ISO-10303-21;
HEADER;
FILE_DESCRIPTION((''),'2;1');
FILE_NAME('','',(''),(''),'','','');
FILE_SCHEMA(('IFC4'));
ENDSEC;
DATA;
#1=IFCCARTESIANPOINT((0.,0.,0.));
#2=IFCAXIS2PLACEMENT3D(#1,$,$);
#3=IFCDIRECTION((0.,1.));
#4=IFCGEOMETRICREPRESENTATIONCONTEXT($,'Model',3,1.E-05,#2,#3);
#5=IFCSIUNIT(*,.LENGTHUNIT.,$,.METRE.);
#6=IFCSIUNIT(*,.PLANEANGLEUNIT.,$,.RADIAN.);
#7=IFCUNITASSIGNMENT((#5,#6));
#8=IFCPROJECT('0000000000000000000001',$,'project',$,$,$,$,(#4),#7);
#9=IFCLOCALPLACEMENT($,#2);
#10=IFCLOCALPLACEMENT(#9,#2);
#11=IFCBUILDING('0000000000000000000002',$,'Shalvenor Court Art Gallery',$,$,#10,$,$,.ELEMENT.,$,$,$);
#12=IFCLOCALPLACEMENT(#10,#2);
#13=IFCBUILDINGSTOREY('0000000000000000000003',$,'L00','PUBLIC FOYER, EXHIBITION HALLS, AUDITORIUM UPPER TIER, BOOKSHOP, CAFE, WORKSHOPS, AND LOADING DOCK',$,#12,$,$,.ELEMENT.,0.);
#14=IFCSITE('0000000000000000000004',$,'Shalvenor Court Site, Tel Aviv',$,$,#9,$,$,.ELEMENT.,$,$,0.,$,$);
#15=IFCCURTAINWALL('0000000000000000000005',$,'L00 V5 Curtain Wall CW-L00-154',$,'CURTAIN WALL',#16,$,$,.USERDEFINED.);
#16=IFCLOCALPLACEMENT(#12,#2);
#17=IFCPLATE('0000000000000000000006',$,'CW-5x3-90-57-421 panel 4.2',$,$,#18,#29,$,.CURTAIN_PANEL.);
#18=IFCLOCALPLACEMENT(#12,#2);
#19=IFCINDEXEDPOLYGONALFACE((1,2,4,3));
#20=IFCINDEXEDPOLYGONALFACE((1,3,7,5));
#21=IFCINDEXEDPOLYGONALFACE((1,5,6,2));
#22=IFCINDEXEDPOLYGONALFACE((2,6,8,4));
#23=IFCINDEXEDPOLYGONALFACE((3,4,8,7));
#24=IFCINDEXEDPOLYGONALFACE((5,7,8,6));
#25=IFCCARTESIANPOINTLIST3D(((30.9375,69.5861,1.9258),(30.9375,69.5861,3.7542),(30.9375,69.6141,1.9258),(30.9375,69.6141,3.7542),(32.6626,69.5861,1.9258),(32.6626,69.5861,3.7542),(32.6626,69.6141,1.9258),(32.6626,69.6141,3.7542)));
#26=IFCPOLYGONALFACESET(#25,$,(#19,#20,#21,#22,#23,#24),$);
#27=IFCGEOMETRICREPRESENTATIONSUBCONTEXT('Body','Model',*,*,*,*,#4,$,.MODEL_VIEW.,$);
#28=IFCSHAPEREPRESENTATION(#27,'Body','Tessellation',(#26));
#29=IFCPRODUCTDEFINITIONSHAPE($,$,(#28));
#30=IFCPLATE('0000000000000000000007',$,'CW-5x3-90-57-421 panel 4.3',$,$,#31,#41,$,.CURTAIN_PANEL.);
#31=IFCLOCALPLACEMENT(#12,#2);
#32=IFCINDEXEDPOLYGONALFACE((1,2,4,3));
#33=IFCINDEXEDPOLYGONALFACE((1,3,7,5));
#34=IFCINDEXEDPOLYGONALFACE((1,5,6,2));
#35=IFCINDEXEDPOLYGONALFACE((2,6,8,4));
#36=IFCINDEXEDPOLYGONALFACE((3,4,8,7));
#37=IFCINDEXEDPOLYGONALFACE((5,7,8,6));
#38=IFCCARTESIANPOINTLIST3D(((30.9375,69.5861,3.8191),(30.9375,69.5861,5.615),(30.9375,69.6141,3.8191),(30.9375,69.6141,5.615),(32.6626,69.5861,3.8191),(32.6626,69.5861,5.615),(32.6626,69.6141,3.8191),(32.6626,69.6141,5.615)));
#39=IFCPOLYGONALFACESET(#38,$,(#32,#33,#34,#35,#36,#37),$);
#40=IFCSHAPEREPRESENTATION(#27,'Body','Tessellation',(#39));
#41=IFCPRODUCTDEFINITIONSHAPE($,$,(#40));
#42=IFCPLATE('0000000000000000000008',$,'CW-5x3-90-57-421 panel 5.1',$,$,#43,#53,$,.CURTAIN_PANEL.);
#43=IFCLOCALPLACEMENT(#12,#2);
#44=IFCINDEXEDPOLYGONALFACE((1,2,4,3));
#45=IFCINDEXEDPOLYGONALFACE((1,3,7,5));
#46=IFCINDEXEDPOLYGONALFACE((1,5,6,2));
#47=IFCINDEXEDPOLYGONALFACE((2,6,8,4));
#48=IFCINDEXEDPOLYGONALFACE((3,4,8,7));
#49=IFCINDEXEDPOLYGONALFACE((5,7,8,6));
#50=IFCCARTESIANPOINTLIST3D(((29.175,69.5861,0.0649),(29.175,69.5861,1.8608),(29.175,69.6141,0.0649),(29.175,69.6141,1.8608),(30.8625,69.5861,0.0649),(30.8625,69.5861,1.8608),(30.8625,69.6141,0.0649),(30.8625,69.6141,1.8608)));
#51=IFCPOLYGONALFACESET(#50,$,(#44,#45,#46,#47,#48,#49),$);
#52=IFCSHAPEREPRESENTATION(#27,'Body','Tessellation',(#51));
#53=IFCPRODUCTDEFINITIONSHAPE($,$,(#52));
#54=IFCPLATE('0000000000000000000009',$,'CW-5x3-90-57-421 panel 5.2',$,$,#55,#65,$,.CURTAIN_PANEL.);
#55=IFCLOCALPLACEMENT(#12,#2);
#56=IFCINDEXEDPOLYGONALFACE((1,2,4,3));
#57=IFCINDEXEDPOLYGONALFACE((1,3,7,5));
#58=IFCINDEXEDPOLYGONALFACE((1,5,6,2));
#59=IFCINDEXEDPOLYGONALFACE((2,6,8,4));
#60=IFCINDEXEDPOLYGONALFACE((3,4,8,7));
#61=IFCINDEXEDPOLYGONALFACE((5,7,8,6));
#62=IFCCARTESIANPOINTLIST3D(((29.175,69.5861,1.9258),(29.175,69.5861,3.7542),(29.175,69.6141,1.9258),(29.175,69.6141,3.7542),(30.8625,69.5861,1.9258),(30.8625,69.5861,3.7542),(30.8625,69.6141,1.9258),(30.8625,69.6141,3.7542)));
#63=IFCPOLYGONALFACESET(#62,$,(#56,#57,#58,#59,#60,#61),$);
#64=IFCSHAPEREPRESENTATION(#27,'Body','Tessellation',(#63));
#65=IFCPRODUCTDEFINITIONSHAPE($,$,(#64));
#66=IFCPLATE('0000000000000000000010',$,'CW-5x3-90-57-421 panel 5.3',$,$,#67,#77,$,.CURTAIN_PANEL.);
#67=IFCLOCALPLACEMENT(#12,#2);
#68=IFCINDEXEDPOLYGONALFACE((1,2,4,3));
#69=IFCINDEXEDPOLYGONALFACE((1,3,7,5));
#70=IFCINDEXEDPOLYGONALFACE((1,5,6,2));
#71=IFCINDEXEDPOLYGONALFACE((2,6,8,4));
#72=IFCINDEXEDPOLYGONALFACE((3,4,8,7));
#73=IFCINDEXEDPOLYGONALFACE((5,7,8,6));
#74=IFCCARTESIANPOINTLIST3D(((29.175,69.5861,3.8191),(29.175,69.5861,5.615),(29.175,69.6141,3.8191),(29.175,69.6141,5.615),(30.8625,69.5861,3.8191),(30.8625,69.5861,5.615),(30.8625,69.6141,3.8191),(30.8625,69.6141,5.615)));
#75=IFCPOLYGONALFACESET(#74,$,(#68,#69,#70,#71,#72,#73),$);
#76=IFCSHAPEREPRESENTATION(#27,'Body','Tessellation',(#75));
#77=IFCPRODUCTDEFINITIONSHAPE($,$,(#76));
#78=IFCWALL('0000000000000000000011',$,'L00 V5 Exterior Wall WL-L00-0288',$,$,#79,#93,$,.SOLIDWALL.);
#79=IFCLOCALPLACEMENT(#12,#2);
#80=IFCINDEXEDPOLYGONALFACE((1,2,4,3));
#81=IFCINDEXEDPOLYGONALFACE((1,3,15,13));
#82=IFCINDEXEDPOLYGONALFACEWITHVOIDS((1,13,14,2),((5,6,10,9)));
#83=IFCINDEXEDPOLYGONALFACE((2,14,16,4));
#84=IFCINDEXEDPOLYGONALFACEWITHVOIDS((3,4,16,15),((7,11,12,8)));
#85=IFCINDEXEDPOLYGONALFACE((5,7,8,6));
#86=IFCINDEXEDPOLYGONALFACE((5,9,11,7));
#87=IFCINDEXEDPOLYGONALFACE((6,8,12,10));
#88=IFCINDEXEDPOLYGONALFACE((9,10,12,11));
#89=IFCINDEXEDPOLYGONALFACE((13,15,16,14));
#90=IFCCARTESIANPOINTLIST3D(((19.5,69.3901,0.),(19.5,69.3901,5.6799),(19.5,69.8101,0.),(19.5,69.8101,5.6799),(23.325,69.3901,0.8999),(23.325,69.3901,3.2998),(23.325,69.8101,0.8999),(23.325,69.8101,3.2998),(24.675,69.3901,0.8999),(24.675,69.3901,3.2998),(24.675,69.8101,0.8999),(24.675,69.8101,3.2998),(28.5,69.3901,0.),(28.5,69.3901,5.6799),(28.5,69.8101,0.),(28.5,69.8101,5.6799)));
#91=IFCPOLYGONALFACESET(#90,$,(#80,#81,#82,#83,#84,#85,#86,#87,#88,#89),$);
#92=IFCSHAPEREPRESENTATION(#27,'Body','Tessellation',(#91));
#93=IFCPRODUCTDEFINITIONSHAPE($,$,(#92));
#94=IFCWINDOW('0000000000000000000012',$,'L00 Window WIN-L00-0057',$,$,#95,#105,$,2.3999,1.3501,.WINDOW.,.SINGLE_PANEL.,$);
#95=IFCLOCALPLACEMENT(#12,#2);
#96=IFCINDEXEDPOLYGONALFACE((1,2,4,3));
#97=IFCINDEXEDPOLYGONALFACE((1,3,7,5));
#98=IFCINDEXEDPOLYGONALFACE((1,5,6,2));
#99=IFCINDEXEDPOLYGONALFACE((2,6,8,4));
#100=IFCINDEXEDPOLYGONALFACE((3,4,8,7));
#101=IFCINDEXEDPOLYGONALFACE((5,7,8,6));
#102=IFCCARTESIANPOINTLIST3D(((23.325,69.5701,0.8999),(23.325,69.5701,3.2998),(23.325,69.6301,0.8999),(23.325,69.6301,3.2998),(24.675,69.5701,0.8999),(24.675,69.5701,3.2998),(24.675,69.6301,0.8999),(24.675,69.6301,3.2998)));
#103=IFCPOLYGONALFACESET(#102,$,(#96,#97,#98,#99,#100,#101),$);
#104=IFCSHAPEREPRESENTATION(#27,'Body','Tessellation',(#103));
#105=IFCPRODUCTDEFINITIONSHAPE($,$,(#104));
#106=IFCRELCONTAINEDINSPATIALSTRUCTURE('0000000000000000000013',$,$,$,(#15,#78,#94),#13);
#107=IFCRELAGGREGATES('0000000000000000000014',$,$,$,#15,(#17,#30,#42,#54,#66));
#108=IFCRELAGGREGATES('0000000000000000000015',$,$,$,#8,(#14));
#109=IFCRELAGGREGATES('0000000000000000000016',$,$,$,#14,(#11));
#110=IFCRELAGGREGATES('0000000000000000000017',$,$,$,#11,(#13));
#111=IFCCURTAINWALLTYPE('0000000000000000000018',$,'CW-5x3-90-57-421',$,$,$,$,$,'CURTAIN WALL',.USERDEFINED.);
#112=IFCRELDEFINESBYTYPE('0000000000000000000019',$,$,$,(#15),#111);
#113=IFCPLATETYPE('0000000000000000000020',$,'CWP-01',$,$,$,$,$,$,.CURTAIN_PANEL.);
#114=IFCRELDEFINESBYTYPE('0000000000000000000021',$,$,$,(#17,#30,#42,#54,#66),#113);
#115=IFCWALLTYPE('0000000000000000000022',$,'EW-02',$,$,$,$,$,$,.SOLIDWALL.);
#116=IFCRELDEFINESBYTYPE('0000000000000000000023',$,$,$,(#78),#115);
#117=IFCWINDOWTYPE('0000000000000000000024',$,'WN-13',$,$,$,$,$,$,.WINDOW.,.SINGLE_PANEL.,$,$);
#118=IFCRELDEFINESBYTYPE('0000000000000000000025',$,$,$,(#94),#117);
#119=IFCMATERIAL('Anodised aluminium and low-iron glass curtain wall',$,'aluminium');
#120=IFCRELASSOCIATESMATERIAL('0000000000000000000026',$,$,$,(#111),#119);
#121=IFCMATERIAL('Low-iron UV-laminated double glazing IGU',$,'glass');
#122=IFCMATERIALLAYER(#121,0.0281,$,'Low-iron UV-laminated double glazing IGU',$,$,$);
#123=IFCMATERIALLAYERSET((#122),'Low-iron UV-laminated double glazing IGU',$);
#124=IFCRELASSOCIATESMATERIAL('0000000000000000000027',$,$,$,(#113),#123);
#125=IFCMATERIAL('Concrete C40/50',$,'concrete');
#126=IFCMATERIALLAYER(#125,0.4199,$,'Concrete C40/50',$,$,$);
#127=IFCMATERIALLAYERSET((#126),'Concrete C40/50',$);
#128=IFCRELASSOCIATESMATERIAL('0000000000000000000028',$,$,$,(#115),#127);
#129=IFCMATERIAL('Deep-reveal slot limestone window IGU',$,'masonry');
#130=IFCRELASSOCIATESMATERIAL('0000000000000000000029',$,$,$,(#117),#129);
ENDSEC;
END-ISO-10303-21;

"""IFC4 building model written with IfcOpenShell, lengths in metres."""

from ifc_helpers import new_model, si_unit, direction, frame, frame_2d, origin, origin_2d, place, context, subcontext, project, spatial, rectangle, extrude, material, layer, layer_set, type_object, element, fill, aggregate, save


model = new_model("IFC4")

# Units and contexts
model_context = context("Model", 3, precision=1e-05, world=origin(), true_north=direction((0.0, 1.0)))
body_context = subcontext(model_context, "Body", "Model", "MODEL_VIEW")
ifc_project = project(units=[si_unit("LENGTHUNIT", "METRE"), si_unit("PLANEANGLEUNIT", "RADIAN")], contexts=[model_context])

# Site, building, storey
site_placement = place(None, origin())
site = spatial("IfcSite", under=ifc_project, at=site_placement, Name="Shalvenor Court Site, Tel Aviv", CompositionType="ELEMENT", RefElevation=0.0)
building_placement = place(site_placement, origin())
building = spatial("IfcBuilding", under=site, at=building_placement, Name="Shalvenor Court Art Gallery", CompositionType="ELEMENT")
storey_placement = place(building_placement, origin())
storey = spatial("IfcBuildingStorey", under=building, at=storey_placement, Name="L00", Description="PUBLIC FOYER, EXHIBITION HALLS, AUDITORIUM UPPER TIER, BOOKSHOP, CAFE, WORKSHOPS, AND LOADING DOCK", CompositionType="ELEMENT", Elevation=0.0)

# Curtain wall
ifc_material_1 = material(Name="Anodised aluminium and low-iron glass curtain wall", Category="aluminium")
curtain_wall_type_1 = type_object("IfcCurtainWallType", Name="CW-5x3-90-57-421", ElementType="CURTAIN WALL", PredefinedType="USERDEFINED", material=ifc_material_1)
curtain_wall_1_placement = place(storey_placement, origin())
curtain_wall_1 = element("IfcCurtainWall", 1, at=curtain_wall_1_placement, inside=storey, type_object=curtain_wall_type_1, Name="L00 V5 Curtain Wall CW-L00-154", ObjectType="CURTAIN WALL", PredefinedType="USERDEFINED")

# Plates
ifc_material_2 = material(Name="Low-iron UV-laminated double glazing IGU", Category="glass")
ifc_layer_1 = layer(ifc_material_2, 0.0281, Name="Low-iron UV-laminated double glazing IGU")
ifc_layer_set_1 = layer_set([ifc_layer_1], Name="Low-iron UV-laminated double glazing IGU")
plate_type = type_object("IfcPlateType", Name="CWP-01", PredefinedType="CURTAIN_PANEL", material=ifc_layer_set_1)
plate_1_placement = place(storey_placement, frame((31.8, 69.6001, 1.9258), z_axis=(0.0, 0.0, 1.0), x_axis=(-1.0, 0.0, 0.0)))
plate_1 = element("IfcPlate", 2, at=plate_1_placement, type_object=plate_type, Name="CW-5x3-90-57-421 panel 4.2", PredefinedType="CURTAIN_PANEL", context=body_context, shape_type="SweptSolid", body=[
    extrude(rectangle(XDim=1.7251, YDim=0.0281, at=origin_2d()), origin(), (0.0, 0.0, 1.0), 1.8284),
])
plate_2_placement = place(storey_placement, frame((31.8, 69.6001, 3.8191), z_axis=(0.0, 0.0, 1.0), x_axis=(-1.0, 0.0, 0.0)))
plate_2 = element("IfcPlate", 3, at=plate_2_placement, type_object=plate_type, Name="CW-5x3-90-57-421 panel 4.3", PredefinedType="CURTAIN_PANEL", context=body_context, shape_type="SweptSolid", body=[
    extrude(rectangle(XDim=1.7251, YDim=0.0281, at=origin_2d()), origin(), (0.0, 0.0, 1.0), 1.7959),
])
plate_3_placement = place(storey_placement, frame((30.0188, 69.6001, 0.0649), z_axis=(0.0, 0.0, 1.0), x_axis=(-1.0, 0.0, 0.0)))
plate_3 = element("IfcPlate", 4, at=plate_3_placement, type_object=plate_type, Name="CW-5x3-90-57-421 panel 5.1", PredefinedType="CURTAIN_PANEL", context=body_context, shape_type="SweptSolid", body=[
    extrude(rectangle(XDim=1.6875, YDim=0.0281, at=origin_2d()), origin(), (0.0, 0.0, 1.0), 1.7959),
])
plate_4_placement = place(storey_placement, frame((30.0188, 69.6001, 1.9258), z_axis=(0.0, 0.0, 1.0), x_axis=(-1.0, 0.0, 0.0)))
plate_4 = element("IfcPlate", 5, at=plate_4_placement, type_object=plate_type, Name="CW-5x3-90-57-421 panel 5.2", PredefinedType="CURTAIN_PANEL", context=body_context, shape_type="SweptSolid", body=[
    extrude(rectangle(XDim=1.6875, YDim=0.0281, at=origin_2d()), origin(), (0.0, 0.0, 1.0), 1.8284),
])
plate_5_placement = place(storey_placement, frame((30.0188, 69.6001, 3.8191), z_axis=(0.0, 0.0, 1.0), x_axis=(-1.0, 0.0, 0.0)))
plate_5 = element("IfcPlate", 6, at=plate_5_placement, type_object=plate_type, Name="CW-5x3-90-57-421 panel 5.3", PredefinedType="CURTAIN_PANEL", context=body_context, shape_type="SweptSolid", body=[
    extrude(rectangle(XDim=1.6875, YDim=0.0281, at=origin_2d()), origin(), (0.0, 0.0, 1.0), 1.7959),
])
aggregate(curtain_wall_1, [plate_1, plate_2, plate_3, plate_4, plate_5])

# Wall, opening, window
ifc_material_3 = material(Name="Concrete C40/50", Category="concrete")
ifc_layer_2 = layer(ifc_material_3, 0.4199, Name="Concrete C40/50")
ifc_layer_set_2 = layer_set([ifc_layer_2], Name="Concrete C40/50")
wall_type = type_object("IfcWallType", Name="EW-02", PredefinedType="SOLIDWALL", material=ifc_layer_set_2)
wall_placement = place(storey_placement, frame((28.5, 69.6001, 0.0), z_axis=(0.0, 0.0, 1.0), x_axis=(-1.0, 0.0, 0.0)))
wall = element("IfcWall", 7, at=wall_placement, inside=storey, type_object=wall_type, Name="L00 V5 Exterior Wall WL-L00-0288", PredefinedType="SOLIDWALL", context=body_context, shape_type="SweptSolid", body=[
    extrude(rectangle(XDim=9.0, YDim=0.4199, at=frame_2d((4.5, 0.0))), origin(), (0.0, 0.0, 1.0), 5.6799),
])
opening_placement = place(wall_placement, frame((3.825, 0.0, 0.8999)))
opening = element("IfcOpeningElement", 8, at=opening_placement, cuts=wall, PredefinedType="OPENING", context=body_context, shape_type="SweptSolid", body=[
    extrude(rectangle(XDim=1.3501, YDim=2.3999, at=frame_2d((0.675, 1.2))), frame((0.0, 0.22, 0.0), z_axis=(0.0, -1.0, 0.0), x_axis=(1.0, 0.0, 0.0)), (0.0, 0.0, 1.0), 0.4399),
])
ifc_material_4 = material(Name="Deep-reveal slot limestone window IGU", Category="masonry")
window_type = type_object("IfcWindowType", Name="WN-13", PartitioningType="SINGLE_PANEL", PredefinedType="WINDOW", material=ifc_material_4)
window_placement = place(opening_placement, origin())
window = element("IfcWindow", 9, at=window_placement, inside=storey, type_object=window_type, Name="L00 Window WIN-L00-0057", OverallHeight=2.3999, OverallWidth=1.3501, PartitioningType="SINGLE_PANEL", PredefinedType="WINDOW", context=body_context, shape_type="SweptSolid", body=[
    extrude(rectangle(XDim=1.3501, YDim=2.3999, at=frame_2d((0.675, 1.2))), frame((0.0, 0.03, 0.0), z_axis=(0.0, -1.0, 0.0), x_axis=(1.0, 0.0, 0.0)), (0.0, 0.0, 1.0), 0.0601),
])
fill(opening, window)

save(model, "model.ifc")
